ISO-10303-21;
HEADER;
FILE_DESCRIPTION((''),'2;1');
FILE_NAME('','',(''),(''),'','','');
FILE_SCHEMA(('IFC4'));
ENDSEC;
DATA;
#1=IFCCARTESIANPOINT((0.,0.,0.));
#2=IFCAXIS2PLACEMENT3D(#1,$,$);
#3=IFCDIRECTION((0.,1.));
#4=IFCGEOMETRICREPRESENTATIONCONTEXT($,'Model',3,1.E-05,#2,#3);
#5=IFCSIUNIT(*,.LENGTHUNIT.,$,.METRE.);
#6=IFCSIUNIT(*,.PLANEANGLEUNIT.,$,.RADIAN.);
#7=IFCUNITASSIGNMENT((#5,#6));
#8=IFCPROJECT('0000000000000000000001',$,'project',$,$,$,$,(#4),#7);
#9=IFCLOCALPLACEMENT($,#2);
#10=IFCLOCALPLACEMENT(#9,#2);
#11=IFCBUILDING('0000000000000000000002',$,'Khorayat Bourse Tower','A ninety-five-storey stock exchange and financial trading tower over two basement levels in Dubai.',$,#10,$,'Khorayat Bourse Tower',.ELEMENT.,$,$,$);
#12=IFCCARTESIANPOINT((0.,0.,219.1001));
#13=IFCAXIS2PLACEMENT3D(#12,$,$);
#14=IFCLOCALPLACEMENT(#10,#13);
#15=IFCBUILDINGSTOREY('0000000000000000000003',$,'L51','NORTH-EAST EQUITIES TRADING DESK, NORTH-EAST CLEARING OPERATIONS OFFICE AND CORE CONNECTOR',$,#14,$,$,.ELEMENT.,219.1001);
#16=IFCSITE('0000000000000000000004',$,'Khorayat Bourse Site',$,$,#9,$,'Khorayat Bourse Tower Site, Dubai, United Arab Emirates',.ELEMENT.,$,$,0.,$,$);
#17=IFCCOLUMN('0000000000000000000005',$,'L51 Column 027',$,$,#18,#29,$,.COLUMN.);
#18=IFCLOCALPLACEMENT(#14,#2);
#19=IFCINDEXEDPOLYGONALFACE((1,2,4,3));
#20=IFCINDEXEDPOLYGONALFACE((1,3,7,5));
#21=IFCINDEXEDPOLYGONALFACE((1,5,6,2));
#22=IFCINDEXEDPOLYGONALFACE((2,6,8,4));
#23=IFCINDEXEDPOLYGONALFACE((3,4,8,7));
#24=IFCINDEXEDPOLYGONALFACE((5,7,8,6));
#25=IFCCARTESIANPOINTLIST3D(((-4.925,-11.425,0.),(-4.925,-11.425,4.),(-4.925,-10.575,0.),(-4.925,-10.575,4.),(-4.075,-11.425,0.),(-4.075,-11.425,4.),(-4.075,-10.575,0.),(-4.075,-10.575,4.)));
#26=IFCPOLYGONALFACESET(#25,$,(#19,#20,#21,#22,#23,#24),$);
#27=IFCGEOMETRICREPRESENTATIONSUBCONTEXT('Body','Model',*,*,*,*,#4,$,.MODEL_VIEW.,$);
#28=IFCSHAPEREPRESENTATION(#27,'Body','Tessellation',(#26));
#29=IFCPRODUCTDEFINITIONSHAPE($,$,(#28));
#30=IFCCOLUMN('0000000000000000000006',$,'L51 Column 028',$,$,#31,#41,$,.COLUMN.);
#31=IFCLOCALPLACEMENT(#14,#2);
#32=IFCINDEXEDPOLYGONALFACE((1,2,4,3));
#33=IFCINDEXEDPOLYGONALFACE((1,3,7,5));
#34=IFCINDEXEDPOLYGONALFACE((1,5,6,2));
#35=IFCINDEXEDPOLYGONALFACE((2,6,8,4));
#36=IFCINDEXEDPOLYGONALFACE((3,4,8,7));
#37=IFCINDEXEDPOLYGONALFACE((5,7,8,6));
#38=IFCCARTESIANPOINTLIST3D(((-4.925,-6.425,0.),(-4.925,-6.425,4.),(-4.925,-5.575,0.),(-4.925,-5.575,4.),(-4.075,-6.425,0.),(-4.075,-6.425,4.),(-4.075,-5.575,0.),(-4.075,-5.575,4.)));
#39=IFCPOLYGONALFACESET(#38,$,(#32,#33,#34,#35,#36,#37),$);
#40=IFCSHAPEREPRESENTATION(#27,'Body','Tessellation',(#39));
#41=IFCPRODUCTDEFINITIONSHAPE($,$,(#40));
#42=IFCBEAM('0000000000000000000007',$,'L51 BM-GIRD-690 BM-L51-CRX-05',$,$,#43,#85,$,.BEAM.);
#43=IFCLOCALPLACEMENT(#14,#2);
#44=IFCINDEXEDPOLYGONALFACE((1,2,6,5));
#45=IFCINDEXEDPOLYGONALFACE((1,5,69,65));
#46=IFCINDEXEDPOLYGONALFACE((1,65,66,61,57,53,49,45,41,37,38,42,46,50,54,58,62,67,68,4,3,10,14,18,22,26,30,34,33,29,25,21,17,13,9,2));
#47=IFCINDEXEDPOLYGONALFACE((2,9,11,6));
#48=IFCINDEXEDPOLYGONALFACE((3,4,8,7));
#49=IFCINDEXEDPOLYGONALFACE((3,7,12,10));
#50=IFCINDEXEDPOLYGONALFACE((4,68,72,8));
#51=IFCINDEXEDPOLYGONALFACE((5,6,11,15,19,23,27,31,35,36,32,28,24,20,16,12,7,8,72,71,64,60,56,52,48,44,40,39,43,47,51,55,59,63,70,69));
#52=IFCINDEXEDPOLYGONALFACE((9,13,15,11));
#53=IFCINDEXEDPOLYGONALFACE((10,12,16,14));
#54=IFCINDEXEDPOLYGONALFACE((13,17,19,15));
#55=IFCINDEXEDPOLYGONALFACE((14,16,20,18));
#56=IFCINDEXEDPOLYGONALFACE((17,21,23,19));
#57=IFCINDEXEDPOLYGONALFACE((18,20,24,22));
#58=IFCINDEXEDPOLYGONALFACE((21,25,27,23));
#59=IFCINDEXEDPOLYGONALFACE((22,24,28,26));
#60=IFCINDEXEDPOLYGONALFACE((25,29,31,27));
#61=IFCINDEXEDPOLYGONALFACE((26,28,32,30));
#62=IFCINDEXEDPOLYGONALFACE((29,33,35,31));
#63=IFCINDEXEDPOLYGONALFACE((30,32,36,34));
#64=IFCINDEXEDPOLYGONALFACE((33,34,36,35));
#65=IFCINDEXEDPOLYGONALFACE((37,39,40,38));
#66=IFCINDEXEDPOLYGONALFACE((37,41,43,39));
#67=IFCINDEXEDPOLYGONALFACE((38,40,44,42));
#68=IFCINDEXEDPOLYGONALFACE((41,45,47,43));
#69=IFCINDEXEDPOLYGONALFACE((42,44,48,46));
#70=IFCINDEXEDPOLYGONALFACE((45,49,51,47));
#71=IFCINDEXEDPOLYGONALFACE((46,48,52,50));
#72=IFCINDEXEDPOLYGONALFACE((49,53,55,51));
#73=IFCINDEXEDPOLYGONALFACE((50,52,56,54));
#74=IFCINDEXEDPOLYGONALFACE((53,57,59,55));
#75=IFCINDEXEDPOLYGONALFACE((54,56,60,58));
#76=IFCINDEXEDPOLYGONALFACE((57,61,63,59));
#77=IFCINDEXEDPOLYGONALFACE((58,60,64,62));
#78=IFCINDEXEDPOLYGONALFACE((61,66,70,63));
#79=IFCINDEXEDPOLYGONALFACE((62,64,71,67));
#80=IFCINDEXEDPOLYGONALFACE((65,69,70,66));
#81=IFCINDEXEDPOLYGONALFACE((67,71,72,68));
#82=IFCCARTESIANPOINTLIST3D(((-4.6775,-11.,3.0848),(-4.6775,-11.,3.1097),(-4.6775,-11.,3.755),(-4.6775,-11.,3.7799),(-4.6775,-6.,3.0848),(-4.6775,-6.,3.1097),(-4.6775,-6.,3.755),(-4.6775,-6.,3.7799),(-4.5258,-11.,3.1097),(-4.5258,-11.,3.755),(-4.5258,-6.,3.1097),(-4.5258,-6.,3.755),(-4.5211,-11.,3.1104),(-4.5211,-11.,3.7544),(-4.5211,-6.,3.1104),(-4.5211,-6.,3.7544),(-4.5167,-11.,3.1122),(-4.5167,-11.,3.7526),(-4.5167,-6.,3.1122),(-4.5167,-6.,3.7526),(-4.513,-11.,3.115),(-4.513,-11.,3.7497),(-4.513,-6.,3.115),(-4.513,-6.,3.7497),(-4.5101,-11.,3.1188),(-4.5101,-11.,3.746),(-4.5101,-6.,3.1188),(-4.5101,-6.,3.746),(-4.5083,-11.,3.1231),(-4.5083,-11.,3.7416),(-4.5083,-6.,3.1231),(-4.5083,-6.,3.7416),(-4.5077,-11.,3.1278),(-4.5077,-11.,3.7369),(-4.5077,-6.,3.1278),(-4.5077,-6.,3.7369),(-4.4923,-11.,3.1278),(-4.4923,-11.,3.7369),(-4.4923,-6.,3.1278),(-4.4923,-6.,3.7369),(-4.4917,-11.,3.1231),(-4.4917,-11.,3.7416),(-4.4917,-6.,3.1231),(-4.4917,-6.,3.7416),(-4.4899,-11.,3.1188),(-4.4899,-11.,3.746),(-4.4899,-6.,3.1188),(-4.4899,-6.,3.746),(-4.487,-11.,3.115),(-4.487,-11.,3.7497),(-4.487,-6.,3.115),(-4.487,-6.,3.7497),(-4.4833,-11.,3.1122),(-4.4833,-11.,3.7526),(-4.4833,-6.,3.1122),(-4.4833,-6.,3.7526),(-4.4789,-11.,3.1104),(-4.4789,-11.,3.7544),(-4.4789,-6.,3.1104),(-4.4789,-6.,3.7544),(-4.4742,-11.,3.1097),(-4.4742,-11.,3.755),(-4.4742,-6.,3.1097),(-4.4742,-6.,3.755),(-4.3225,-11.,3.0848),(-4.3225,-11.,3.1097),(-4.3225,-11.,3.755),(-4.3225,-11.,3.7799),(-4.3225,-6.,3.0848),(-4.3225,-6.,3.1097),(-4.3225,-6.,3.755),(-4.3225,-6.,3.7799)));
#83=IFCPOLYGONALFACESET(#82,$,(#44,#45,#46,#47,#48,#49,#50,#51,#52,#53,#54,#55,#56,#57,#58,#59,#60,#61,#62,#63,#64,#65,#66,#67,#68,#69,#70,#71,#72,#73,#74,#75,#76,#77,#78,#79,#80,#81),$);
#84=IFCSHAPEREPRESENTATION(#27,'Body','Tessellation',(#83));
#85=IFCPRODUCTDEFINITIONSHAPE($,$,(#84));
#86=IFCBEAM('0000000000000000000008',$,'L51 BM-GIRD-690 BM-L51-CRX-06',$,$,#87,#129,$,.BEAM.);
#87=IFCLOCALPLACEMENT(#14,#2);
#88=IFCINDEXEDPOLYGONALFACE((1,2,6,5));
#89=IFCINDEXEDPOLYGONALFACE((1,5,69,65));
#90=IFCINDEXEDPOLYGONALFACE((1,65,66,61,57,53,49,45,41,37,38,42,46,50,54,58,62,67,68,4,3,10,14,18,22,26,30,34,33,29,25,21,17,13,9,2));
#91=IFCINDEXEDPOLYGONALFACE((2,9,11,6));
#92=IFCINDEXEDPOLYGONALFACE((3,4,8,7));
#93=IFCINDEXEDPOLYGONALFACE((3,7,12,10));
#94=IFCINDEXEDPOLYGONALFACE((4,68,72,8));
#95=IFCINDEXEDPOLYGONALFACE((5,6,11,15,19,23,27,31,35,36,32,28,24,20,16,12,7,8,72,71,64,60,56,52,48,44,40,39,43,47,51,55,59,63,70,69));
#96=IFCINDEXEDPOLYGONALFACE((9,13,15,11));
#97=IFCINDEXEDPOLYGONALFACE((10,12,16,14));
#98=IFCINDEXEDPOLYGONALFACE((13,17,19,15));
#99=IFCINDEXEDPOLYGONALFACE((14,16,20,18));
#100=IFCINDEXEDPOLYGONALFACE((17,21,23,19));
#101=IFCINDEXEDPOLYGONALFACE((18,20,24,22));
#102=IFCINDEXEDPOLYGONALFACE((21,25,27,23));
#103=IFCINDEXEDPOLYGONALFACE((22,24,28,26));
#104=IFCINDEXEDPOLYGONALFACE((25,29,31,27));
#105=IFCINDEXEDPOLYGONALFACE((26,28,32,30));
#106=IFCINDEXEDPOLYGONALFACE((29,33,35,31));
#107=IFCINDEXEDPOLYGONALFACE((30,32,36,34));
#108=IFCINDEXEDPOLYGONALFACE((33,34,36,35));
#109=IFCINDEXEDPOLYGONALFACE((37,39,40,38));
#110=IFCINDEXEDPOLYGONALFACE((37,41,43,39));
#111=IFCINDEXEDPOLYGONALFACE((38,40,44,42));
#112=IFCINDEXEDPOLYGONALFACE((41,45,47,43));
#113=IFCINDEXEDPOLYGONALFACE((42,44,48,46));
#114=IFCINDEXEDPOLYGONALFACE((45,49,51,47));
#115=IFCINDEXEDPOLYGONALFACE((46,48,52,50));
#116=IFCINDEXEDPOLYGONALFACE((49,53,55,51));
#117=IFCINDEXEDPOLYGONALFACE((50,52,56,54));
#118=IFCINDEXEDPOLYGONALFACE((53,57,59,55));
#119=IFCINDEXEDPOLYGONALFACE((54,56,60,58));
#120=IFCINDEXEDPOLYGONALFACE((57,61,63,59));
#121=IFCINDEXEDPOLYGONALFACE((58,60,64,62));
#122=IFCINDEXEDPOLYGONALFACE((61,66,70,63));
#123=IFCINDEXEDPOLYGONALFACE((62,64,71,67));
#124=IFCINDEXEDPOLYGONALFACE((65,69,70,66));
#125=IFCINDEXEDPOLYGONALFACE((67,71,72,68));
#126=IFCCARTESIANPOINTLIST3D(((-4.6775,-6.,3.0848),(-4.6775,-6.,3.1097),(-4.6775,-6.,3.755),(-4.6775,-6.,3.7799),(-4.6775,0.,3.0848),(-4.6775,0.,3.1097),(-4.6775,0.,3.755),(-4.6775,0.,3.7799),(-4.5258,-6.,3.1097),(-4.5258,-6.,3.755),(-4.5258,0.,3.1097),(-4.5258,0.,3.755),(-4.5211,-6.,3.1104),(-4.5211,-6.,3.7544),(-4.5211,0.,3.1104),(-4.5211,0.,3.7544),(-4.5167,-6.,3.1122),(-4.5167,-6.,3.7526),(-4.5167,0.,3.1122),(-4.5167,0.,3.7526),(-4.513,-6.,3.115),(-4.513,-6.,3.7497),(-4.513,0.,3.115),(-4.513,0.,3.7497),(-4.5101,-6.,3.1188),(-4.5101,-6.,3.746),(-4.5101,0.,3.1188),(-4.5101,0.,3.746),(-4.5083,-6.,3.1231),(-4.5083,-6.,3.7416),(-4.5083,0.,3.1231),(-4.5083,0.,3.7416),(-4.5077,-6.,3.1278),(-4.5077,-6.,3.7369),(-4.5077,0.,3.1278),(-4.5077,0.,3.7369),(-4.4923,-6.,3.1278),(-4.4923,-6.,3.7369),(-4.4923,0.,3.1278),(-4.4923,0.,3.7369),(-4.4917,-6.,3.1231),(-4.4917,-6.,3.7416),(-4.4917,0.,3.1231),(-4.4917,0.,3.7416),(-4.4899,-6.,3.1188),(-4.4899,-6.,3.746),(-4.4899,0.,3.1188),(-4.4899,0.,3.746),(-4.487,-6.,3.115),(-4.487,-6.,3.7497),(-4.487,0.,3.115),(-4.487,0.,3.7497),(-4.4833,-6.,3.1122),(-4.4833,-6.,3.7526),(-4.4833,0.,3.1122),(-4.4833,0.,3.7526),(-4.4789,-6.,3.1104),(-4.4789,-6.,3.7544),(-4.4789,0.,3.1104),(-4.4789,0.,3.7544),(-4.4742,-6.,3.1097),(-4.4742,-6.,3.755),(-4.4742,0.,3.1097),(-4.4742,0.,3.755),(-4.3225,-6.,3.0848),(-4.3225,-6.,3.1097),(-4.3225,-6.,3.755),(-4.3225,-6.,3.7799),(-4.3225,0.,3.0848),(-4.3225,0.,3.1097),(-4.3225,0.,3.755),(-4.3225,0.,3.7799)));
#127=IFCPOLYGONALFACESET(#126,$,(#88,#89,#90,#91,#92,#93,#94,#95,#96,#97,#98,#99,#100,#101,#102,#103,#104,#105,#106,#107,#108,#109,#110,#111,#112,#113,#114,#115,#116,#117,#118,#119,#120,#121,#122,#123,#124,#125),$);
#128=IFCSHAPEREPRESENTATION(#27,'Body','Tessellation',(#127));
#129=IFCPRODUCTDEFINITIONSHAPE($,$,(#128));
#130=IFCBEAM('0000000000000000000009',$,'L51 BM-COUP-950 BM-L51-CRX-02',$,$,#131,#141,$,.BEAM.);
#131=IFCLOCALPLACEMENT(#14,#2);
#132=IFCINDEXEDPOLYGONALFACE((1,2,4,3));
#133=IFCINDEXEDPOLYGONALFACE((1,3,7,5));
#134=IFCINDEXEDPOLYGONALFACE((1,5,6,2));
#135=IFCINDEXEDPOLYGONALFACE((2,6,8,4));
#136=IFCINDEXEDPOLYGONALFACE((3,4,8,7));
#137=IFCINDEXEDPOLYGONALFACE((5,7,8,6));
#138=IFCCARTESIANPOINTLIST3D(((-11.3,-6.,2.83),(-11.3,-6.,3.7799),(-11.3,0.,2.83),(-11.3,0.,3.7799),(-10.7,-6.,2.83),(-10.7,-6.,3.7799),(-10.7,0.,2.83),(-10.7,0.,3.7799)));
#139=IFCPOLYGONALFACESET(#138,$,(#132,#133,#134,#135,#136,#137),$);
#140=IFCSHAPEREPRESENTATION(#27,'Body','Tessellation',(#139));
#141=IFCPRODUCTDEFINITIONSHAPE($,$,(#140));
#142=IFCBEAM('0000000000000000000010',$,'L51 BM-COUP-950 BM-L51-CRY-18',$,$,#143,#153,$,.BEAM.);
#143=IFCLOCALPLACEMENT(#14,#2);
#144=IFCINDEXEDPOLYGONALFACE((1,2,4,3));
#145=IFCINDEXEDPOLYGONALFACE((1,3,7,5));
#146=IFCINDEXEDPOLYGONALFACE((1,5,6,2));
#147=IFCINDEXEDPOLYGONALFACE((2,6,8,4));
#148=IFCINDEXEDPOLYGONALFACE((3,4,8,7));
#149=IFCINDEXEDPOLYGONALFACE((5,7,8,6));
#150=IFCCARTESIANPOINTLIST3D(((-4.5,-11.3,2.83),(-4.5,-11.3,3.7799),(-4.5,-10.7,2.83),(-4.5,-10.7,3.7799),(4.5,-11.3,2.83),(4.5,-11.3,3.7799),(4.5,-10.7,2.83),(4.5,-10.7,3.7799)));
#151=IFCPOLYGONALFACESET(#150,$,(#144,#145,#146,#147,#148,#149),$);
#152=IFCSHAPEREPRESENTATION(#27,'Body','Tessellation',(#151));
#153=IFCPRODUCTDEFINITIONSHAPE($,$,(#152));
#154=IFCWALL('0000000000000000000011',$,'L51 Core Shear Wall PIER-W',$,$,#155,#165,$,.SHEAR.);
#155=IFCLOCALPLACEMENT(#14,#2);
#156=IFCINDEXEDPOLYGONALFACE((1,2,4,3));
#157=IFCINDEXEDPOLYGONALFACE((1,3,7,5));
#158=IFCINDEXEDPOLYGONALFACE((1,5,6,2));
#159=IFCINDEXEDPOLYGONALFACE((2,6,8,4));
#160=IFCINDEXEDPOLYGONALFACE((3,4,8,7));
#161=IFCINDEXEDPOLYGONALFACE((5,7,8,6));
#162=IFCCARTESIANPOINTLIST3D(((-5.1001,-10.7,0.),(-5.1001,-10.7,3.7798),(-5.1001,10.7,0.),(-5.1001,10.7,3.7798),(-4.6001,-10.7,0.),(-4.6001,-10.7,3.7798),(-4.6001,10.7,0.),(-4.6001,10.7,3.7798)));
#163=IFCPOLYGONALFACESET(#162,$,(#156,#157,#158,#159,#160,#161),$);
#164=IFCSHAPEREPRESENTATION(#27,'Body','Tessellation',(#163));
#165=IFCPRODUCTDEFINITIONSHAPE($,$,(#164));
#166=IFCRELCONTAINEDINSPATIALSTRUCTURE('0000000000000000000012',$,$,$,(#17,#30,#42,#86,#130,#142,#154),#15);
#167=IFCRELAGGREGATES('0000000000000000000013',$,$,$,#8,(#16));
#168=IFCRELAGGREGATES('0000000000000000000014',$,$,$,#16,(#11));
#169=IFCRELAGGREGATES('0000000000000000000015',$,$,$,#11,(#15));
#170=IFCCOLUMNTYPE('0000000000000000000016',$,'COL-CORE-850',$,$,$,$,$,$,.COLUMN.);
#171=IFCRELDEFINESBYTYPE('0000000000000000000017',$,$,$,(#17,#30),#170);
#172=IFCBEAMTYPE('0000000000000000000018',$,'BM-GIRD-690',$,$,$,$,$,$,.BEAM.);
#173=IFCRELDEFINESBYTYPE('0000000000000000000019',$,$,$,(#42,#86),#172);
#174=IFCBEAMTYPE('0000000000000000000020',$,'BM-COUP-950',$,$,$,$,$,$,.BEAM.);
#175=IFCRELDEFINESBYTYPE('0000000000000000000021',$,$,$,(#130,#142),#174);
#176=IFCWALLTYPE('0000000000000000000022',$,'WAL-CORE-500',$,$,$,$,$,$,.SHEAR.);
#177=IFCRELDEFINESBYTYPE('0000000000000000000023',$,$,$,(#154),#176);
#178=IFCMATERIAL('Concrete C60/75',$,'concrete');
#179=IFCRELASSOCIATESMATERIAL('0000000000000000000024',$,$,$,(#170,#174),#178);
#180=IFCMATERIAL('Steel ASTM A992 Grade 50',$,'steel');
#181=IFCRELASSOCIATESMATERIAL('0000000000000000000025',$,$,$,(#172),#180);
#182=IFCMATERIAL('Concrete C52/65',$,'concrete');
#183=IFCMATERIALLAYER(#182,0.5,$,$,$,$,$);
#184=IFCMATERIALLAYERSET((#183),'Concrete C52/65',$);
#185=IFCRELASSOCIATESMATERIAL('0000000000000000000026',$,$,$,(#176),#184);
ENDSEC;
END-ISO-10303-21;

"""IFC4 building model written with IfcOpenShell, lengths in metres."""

from ifc_helpers import new_model, si_unit, direction, frame, frame_2d, origin, origin_2d, place, context, subcontext, project, spatial, rectangle, i_section, extrude, source, transform, mapped, material, layer, layer_set, material_profile, profile_set, type_object, element, save


model = new_model("IFC4")

# Units and contexts
model_context = context("Model", 3, precision=1e-05, world=origin(), true_north=direction((0.0, 1.0)))
body_context = subcontext(model_context, "Body", "Model", "MODEL_VIEW")
ifc_project = project(units=[si_unit("LENGTHUNIT", "METRE"), si_unit("PLANEANGLEUNIT", "RADIAN")], contexts=[model_context])

# Site, building, storey
site_placement = place(None, origin())
site = spatial("IfcSite", under=ifc_project, at=site_placement, Name="Khorayat Bourse Site", LongName="Khorayat Bourse Tower Site, Dubai, United Arab Emirates", CompositionType="ELEMENT", RefElevation=0.0)
building_placement = place(site_placement, origin())
building = spatial("IfcBuilding", under=site, at=building_placement, Name="Khorayat Bourse Tower", Description="A ninety-five-storey stock exchange and financial trading tower over two basement levels in Dubai.", LongName="Khorayat Bourse Tower", CompositionType="ELEMENT")
storey_placement = place(building_placement, frame((0.0, 0.0, 219.1001)))
storey = spatial("IfcBuildingStorey", under=building, at=storey_placement, Name="L51", Description="NORTH-EAST EQUITIES TRADING DESK, NORTH-EAST CLEARING OPERATIONS OFFICE AND CORE CONNECTOR", CompositionType="ELEMENT", Elevation=219.1001)

# Columns
ifc_material_1 = material(Name="Concrete C60/75", Category="concrete")
ifc_material_profile_1 = material_profile(ifc_material_1, rectangle(XDim=0.8501, YDim=0.8501, at=origin_2d()), Name="RC 850x850")
ifc_profile_set_1 = profile_set([ifc_material_profile_1], Name="Concrete C60/75")
column_type = type_object("IfcColumnType", Name="COL-CORE-850", PredefinedType="COLUMN", material=ifc_profile_set_1)
shared_shape_1 = source(origin(), body_context, "Body", "SweptSolid", [
    extrude(rectangle(XDim=0.8501, YDim=0.8501, at=origin_2d()), origin(), (0.0, 0.0, 1.0), 4.0),
])
for number, where, z_axis, x_axis, name in (
    (1, (-4.5, -11.0, 0.0), (0.0, 0.0, 1.0), (1.0, 0.0, 0.0), "L51 Column 027"),
    (2, (-4.5, -6.0, 0.0), (0.0, 0.0, 1.0), (1.0, 0.0, 0.0), "L51 Column 028"),
):
    element("IfcColumn", number, at=place(storey_placement, frame(where, z_axis=z_axis, x_axis=x_axis)), inside=storey, type_object=column_type, Name=name, PredefinedType="COLUMN", context=body_context, shape_type="MappedRepresentation", body=[
        mapped(shared_shape_1, transform((0.0, 0.0, 0.0), scale=1.0)),
    ])

# Beams
ifc_material_2 = material(Name="Steel ASTM A992 Grade 50", Category="steel")
ifc_material_profile_2 = material_profile(ifc_material_2, i_section(OverallWidth=0.355, OverallDepth=0.6951, WebThickness=0.0154, FlangeThickness=0.0249, FilletRadius=0.0181, at=origin_2d()), Name="W690X217")
ifc_profile_set_2 = profile_set([ifc_material_profile_2], Name="Steel ASTM A992 Grade 50")
beam_type_1 = type_object("IfcBeamType", Name="BM-GIRD-690", PredefinedType="BEAM", material=ifc_profile_set_2)
shared_shape_2 = source(origin(), body_context, "Body", "SweptSolid", [
    extrude(i_section(OverallWidth=0.355, OverallDepth=0.6951, WebThickness=0.0154, FlangeThickness=0.0249, FilletRadius=0.0181, at=origin_2d()), origin(), (0.0, 0.0, 1.0), 5.0),
])
beam_1_placement = place(storey_placement, frame((-4.5, -11.0, 3.4324), z_axis=(0.0, 1.0, 0.0), x_axis=(-1.0, 0.0, 0.0)))
element("IfcBeam", 3, at=beam_1_placement, inside=storey, type_object=beam_type_1, Name="L51 BM-GIRD-690 BM-L51-CRX-05", PredefinedType="BEAM", context=body_context, shape_type="MappedRepresentation", body=[
    mapped(shared_shape_2, transform((0.0, 0.0, 0.0), scale=1.0)),
])
shared_shape_3 = source(origin(), body_context, "Body", "SweptSolid", [
    extrude(i_section(OverallWidth=0.355, OverallDepth=0.6951, WebThickness=0.0154, FlangeThickness=0.0249, FilletRadius=0.0181, at=origin_2d()), origin(), (0.0, 0.0, 1.0), 6.0),
])
beam_2_placement = place(storey_placement, frame((-4.5, -6.0, 3.4324), z_axis=(0.0, 1.0, 0.0), x_axis=(-1.0, 0.0, 0.0)))
element("IfcBeam", 4, at=beam_2_placement, inside=storey, type_object=beam_type_1, Name="L51 BM-GIRD-690 BM-L51-CRX-06", PredefinedType="BEAM", context=body_context, shape_type="MappedRepresentation", body=[
    mapped(shared_shape_3, transform((0.0, 0.0, 0.0), scale=1.0)),
])
ifc_material_profile_3 = material_profile(ifc_material_1, rectangle(XDim=0.6001, YDim=0.95, at=origin_2d()), Name="RC 600x950")
ifc_profile_set_3 = profile_set([ifc_material_profile_3], Name="Concrete C60/75")
beam_type_2 = type_object("IfcBeamType", Name="BM-COUP-950", PredefinedType="BEAM", material=ifc_profile_set_3)
shared_shape_4 = source(origin(), body_context, "Body", "SweptSolid", [
    extrude(rectangle(XDim=0.6001, YDim=0.95, at=origin_2d()), origin(), (0.0, 0.0, 1.0), 6.0),
])
beam_3_placement = place(storey_placement, frame((-11.0, -6.0, 3.3049), z_axis=(0.0, 1.0, 0.0), x_axis=(-1.0, 0.0, 0.0)))
element("IfcBeam", 5, at=beam_3_placement, inside=storey, type_object=beam_type_2, Name="L51 BM-COUP-950 BM-L51-CRX-02", PredefinedType="BEAM", context=body_context, shape_type="MappedRepresentation", body=[
    mapped(shared_shape_4, transform((0.0, 0.0, 0.0), scale=1.0)),
])
shared_shape_5 = source(origin(), body_context, "Body", "SweptSolid", [
    extrude(rectangle(XDim=0.6001, YDim=0.95, at=origin_2d()), origin(), (0.0, 0.0, 1.0), 9.0),
])
beam_4_placement = place(storey_placement, frame((-4.5, -11.0, 3.3049), z_axis=(1.0, 0.0, 0.0), x_axis=(0.0, 1.0, 0.0)))
element("IfcBeam", 6, at=beam_4_placement, inside=storey, type_object=beam_type_2, Name="L51 BM-COUP-950 BM-L51-CRY-18", PredefinedType="BEAM", context=body_context, shape_type="MappedRepresentation", body=[
    mapped(shared_shape_5, transform((0.0, 0.0, 0.0), scale=1.0)),
])

# Wall
ifc_material_3 = material(Name="Concrete C52/65", Category="concrete")
ifc_layer_1 = layer(ifc_material_3, 0.5)
ifc_layer_set_1 = layer_set([ifc_layer_1], Name="Concrete C52/65")
wall_type_1 = type_object("IfcWallType", Name="WAL-CORE-500", PredefinedType="SHEAR", material=ifc_layer_set_1)
shared_shape_6 = source(origin(), body_context, "Body", "SweptSolid", [
    extrude(rectangle(XDim=21.3999, YDim=0.5, at=frame_2d((10.7, 0.0))), origin(), (0.0, 0.0, 1.0), 3.7798),
])
wall_1_placement = place(storey_placement, frame((-4.8501, -10.7, 0.0), z_axis=(0.0, 0.0, 1.0), x_axis=(0.0, 1.0, 0.0)))
element("IfcWall", 7, at=wall_1_placement, inside=storey, type_object=wall_type_1, Name="L51 Core Shear Wall PIER-W", PredefinedType="SHEAR", context=body_context, shape_type="MappedRepresentation", body=[
    mapped(shared_shape_6, transform((0.0, 0.0, 0.0), scale=1.0)),
])

save(model, "model.ifc")
